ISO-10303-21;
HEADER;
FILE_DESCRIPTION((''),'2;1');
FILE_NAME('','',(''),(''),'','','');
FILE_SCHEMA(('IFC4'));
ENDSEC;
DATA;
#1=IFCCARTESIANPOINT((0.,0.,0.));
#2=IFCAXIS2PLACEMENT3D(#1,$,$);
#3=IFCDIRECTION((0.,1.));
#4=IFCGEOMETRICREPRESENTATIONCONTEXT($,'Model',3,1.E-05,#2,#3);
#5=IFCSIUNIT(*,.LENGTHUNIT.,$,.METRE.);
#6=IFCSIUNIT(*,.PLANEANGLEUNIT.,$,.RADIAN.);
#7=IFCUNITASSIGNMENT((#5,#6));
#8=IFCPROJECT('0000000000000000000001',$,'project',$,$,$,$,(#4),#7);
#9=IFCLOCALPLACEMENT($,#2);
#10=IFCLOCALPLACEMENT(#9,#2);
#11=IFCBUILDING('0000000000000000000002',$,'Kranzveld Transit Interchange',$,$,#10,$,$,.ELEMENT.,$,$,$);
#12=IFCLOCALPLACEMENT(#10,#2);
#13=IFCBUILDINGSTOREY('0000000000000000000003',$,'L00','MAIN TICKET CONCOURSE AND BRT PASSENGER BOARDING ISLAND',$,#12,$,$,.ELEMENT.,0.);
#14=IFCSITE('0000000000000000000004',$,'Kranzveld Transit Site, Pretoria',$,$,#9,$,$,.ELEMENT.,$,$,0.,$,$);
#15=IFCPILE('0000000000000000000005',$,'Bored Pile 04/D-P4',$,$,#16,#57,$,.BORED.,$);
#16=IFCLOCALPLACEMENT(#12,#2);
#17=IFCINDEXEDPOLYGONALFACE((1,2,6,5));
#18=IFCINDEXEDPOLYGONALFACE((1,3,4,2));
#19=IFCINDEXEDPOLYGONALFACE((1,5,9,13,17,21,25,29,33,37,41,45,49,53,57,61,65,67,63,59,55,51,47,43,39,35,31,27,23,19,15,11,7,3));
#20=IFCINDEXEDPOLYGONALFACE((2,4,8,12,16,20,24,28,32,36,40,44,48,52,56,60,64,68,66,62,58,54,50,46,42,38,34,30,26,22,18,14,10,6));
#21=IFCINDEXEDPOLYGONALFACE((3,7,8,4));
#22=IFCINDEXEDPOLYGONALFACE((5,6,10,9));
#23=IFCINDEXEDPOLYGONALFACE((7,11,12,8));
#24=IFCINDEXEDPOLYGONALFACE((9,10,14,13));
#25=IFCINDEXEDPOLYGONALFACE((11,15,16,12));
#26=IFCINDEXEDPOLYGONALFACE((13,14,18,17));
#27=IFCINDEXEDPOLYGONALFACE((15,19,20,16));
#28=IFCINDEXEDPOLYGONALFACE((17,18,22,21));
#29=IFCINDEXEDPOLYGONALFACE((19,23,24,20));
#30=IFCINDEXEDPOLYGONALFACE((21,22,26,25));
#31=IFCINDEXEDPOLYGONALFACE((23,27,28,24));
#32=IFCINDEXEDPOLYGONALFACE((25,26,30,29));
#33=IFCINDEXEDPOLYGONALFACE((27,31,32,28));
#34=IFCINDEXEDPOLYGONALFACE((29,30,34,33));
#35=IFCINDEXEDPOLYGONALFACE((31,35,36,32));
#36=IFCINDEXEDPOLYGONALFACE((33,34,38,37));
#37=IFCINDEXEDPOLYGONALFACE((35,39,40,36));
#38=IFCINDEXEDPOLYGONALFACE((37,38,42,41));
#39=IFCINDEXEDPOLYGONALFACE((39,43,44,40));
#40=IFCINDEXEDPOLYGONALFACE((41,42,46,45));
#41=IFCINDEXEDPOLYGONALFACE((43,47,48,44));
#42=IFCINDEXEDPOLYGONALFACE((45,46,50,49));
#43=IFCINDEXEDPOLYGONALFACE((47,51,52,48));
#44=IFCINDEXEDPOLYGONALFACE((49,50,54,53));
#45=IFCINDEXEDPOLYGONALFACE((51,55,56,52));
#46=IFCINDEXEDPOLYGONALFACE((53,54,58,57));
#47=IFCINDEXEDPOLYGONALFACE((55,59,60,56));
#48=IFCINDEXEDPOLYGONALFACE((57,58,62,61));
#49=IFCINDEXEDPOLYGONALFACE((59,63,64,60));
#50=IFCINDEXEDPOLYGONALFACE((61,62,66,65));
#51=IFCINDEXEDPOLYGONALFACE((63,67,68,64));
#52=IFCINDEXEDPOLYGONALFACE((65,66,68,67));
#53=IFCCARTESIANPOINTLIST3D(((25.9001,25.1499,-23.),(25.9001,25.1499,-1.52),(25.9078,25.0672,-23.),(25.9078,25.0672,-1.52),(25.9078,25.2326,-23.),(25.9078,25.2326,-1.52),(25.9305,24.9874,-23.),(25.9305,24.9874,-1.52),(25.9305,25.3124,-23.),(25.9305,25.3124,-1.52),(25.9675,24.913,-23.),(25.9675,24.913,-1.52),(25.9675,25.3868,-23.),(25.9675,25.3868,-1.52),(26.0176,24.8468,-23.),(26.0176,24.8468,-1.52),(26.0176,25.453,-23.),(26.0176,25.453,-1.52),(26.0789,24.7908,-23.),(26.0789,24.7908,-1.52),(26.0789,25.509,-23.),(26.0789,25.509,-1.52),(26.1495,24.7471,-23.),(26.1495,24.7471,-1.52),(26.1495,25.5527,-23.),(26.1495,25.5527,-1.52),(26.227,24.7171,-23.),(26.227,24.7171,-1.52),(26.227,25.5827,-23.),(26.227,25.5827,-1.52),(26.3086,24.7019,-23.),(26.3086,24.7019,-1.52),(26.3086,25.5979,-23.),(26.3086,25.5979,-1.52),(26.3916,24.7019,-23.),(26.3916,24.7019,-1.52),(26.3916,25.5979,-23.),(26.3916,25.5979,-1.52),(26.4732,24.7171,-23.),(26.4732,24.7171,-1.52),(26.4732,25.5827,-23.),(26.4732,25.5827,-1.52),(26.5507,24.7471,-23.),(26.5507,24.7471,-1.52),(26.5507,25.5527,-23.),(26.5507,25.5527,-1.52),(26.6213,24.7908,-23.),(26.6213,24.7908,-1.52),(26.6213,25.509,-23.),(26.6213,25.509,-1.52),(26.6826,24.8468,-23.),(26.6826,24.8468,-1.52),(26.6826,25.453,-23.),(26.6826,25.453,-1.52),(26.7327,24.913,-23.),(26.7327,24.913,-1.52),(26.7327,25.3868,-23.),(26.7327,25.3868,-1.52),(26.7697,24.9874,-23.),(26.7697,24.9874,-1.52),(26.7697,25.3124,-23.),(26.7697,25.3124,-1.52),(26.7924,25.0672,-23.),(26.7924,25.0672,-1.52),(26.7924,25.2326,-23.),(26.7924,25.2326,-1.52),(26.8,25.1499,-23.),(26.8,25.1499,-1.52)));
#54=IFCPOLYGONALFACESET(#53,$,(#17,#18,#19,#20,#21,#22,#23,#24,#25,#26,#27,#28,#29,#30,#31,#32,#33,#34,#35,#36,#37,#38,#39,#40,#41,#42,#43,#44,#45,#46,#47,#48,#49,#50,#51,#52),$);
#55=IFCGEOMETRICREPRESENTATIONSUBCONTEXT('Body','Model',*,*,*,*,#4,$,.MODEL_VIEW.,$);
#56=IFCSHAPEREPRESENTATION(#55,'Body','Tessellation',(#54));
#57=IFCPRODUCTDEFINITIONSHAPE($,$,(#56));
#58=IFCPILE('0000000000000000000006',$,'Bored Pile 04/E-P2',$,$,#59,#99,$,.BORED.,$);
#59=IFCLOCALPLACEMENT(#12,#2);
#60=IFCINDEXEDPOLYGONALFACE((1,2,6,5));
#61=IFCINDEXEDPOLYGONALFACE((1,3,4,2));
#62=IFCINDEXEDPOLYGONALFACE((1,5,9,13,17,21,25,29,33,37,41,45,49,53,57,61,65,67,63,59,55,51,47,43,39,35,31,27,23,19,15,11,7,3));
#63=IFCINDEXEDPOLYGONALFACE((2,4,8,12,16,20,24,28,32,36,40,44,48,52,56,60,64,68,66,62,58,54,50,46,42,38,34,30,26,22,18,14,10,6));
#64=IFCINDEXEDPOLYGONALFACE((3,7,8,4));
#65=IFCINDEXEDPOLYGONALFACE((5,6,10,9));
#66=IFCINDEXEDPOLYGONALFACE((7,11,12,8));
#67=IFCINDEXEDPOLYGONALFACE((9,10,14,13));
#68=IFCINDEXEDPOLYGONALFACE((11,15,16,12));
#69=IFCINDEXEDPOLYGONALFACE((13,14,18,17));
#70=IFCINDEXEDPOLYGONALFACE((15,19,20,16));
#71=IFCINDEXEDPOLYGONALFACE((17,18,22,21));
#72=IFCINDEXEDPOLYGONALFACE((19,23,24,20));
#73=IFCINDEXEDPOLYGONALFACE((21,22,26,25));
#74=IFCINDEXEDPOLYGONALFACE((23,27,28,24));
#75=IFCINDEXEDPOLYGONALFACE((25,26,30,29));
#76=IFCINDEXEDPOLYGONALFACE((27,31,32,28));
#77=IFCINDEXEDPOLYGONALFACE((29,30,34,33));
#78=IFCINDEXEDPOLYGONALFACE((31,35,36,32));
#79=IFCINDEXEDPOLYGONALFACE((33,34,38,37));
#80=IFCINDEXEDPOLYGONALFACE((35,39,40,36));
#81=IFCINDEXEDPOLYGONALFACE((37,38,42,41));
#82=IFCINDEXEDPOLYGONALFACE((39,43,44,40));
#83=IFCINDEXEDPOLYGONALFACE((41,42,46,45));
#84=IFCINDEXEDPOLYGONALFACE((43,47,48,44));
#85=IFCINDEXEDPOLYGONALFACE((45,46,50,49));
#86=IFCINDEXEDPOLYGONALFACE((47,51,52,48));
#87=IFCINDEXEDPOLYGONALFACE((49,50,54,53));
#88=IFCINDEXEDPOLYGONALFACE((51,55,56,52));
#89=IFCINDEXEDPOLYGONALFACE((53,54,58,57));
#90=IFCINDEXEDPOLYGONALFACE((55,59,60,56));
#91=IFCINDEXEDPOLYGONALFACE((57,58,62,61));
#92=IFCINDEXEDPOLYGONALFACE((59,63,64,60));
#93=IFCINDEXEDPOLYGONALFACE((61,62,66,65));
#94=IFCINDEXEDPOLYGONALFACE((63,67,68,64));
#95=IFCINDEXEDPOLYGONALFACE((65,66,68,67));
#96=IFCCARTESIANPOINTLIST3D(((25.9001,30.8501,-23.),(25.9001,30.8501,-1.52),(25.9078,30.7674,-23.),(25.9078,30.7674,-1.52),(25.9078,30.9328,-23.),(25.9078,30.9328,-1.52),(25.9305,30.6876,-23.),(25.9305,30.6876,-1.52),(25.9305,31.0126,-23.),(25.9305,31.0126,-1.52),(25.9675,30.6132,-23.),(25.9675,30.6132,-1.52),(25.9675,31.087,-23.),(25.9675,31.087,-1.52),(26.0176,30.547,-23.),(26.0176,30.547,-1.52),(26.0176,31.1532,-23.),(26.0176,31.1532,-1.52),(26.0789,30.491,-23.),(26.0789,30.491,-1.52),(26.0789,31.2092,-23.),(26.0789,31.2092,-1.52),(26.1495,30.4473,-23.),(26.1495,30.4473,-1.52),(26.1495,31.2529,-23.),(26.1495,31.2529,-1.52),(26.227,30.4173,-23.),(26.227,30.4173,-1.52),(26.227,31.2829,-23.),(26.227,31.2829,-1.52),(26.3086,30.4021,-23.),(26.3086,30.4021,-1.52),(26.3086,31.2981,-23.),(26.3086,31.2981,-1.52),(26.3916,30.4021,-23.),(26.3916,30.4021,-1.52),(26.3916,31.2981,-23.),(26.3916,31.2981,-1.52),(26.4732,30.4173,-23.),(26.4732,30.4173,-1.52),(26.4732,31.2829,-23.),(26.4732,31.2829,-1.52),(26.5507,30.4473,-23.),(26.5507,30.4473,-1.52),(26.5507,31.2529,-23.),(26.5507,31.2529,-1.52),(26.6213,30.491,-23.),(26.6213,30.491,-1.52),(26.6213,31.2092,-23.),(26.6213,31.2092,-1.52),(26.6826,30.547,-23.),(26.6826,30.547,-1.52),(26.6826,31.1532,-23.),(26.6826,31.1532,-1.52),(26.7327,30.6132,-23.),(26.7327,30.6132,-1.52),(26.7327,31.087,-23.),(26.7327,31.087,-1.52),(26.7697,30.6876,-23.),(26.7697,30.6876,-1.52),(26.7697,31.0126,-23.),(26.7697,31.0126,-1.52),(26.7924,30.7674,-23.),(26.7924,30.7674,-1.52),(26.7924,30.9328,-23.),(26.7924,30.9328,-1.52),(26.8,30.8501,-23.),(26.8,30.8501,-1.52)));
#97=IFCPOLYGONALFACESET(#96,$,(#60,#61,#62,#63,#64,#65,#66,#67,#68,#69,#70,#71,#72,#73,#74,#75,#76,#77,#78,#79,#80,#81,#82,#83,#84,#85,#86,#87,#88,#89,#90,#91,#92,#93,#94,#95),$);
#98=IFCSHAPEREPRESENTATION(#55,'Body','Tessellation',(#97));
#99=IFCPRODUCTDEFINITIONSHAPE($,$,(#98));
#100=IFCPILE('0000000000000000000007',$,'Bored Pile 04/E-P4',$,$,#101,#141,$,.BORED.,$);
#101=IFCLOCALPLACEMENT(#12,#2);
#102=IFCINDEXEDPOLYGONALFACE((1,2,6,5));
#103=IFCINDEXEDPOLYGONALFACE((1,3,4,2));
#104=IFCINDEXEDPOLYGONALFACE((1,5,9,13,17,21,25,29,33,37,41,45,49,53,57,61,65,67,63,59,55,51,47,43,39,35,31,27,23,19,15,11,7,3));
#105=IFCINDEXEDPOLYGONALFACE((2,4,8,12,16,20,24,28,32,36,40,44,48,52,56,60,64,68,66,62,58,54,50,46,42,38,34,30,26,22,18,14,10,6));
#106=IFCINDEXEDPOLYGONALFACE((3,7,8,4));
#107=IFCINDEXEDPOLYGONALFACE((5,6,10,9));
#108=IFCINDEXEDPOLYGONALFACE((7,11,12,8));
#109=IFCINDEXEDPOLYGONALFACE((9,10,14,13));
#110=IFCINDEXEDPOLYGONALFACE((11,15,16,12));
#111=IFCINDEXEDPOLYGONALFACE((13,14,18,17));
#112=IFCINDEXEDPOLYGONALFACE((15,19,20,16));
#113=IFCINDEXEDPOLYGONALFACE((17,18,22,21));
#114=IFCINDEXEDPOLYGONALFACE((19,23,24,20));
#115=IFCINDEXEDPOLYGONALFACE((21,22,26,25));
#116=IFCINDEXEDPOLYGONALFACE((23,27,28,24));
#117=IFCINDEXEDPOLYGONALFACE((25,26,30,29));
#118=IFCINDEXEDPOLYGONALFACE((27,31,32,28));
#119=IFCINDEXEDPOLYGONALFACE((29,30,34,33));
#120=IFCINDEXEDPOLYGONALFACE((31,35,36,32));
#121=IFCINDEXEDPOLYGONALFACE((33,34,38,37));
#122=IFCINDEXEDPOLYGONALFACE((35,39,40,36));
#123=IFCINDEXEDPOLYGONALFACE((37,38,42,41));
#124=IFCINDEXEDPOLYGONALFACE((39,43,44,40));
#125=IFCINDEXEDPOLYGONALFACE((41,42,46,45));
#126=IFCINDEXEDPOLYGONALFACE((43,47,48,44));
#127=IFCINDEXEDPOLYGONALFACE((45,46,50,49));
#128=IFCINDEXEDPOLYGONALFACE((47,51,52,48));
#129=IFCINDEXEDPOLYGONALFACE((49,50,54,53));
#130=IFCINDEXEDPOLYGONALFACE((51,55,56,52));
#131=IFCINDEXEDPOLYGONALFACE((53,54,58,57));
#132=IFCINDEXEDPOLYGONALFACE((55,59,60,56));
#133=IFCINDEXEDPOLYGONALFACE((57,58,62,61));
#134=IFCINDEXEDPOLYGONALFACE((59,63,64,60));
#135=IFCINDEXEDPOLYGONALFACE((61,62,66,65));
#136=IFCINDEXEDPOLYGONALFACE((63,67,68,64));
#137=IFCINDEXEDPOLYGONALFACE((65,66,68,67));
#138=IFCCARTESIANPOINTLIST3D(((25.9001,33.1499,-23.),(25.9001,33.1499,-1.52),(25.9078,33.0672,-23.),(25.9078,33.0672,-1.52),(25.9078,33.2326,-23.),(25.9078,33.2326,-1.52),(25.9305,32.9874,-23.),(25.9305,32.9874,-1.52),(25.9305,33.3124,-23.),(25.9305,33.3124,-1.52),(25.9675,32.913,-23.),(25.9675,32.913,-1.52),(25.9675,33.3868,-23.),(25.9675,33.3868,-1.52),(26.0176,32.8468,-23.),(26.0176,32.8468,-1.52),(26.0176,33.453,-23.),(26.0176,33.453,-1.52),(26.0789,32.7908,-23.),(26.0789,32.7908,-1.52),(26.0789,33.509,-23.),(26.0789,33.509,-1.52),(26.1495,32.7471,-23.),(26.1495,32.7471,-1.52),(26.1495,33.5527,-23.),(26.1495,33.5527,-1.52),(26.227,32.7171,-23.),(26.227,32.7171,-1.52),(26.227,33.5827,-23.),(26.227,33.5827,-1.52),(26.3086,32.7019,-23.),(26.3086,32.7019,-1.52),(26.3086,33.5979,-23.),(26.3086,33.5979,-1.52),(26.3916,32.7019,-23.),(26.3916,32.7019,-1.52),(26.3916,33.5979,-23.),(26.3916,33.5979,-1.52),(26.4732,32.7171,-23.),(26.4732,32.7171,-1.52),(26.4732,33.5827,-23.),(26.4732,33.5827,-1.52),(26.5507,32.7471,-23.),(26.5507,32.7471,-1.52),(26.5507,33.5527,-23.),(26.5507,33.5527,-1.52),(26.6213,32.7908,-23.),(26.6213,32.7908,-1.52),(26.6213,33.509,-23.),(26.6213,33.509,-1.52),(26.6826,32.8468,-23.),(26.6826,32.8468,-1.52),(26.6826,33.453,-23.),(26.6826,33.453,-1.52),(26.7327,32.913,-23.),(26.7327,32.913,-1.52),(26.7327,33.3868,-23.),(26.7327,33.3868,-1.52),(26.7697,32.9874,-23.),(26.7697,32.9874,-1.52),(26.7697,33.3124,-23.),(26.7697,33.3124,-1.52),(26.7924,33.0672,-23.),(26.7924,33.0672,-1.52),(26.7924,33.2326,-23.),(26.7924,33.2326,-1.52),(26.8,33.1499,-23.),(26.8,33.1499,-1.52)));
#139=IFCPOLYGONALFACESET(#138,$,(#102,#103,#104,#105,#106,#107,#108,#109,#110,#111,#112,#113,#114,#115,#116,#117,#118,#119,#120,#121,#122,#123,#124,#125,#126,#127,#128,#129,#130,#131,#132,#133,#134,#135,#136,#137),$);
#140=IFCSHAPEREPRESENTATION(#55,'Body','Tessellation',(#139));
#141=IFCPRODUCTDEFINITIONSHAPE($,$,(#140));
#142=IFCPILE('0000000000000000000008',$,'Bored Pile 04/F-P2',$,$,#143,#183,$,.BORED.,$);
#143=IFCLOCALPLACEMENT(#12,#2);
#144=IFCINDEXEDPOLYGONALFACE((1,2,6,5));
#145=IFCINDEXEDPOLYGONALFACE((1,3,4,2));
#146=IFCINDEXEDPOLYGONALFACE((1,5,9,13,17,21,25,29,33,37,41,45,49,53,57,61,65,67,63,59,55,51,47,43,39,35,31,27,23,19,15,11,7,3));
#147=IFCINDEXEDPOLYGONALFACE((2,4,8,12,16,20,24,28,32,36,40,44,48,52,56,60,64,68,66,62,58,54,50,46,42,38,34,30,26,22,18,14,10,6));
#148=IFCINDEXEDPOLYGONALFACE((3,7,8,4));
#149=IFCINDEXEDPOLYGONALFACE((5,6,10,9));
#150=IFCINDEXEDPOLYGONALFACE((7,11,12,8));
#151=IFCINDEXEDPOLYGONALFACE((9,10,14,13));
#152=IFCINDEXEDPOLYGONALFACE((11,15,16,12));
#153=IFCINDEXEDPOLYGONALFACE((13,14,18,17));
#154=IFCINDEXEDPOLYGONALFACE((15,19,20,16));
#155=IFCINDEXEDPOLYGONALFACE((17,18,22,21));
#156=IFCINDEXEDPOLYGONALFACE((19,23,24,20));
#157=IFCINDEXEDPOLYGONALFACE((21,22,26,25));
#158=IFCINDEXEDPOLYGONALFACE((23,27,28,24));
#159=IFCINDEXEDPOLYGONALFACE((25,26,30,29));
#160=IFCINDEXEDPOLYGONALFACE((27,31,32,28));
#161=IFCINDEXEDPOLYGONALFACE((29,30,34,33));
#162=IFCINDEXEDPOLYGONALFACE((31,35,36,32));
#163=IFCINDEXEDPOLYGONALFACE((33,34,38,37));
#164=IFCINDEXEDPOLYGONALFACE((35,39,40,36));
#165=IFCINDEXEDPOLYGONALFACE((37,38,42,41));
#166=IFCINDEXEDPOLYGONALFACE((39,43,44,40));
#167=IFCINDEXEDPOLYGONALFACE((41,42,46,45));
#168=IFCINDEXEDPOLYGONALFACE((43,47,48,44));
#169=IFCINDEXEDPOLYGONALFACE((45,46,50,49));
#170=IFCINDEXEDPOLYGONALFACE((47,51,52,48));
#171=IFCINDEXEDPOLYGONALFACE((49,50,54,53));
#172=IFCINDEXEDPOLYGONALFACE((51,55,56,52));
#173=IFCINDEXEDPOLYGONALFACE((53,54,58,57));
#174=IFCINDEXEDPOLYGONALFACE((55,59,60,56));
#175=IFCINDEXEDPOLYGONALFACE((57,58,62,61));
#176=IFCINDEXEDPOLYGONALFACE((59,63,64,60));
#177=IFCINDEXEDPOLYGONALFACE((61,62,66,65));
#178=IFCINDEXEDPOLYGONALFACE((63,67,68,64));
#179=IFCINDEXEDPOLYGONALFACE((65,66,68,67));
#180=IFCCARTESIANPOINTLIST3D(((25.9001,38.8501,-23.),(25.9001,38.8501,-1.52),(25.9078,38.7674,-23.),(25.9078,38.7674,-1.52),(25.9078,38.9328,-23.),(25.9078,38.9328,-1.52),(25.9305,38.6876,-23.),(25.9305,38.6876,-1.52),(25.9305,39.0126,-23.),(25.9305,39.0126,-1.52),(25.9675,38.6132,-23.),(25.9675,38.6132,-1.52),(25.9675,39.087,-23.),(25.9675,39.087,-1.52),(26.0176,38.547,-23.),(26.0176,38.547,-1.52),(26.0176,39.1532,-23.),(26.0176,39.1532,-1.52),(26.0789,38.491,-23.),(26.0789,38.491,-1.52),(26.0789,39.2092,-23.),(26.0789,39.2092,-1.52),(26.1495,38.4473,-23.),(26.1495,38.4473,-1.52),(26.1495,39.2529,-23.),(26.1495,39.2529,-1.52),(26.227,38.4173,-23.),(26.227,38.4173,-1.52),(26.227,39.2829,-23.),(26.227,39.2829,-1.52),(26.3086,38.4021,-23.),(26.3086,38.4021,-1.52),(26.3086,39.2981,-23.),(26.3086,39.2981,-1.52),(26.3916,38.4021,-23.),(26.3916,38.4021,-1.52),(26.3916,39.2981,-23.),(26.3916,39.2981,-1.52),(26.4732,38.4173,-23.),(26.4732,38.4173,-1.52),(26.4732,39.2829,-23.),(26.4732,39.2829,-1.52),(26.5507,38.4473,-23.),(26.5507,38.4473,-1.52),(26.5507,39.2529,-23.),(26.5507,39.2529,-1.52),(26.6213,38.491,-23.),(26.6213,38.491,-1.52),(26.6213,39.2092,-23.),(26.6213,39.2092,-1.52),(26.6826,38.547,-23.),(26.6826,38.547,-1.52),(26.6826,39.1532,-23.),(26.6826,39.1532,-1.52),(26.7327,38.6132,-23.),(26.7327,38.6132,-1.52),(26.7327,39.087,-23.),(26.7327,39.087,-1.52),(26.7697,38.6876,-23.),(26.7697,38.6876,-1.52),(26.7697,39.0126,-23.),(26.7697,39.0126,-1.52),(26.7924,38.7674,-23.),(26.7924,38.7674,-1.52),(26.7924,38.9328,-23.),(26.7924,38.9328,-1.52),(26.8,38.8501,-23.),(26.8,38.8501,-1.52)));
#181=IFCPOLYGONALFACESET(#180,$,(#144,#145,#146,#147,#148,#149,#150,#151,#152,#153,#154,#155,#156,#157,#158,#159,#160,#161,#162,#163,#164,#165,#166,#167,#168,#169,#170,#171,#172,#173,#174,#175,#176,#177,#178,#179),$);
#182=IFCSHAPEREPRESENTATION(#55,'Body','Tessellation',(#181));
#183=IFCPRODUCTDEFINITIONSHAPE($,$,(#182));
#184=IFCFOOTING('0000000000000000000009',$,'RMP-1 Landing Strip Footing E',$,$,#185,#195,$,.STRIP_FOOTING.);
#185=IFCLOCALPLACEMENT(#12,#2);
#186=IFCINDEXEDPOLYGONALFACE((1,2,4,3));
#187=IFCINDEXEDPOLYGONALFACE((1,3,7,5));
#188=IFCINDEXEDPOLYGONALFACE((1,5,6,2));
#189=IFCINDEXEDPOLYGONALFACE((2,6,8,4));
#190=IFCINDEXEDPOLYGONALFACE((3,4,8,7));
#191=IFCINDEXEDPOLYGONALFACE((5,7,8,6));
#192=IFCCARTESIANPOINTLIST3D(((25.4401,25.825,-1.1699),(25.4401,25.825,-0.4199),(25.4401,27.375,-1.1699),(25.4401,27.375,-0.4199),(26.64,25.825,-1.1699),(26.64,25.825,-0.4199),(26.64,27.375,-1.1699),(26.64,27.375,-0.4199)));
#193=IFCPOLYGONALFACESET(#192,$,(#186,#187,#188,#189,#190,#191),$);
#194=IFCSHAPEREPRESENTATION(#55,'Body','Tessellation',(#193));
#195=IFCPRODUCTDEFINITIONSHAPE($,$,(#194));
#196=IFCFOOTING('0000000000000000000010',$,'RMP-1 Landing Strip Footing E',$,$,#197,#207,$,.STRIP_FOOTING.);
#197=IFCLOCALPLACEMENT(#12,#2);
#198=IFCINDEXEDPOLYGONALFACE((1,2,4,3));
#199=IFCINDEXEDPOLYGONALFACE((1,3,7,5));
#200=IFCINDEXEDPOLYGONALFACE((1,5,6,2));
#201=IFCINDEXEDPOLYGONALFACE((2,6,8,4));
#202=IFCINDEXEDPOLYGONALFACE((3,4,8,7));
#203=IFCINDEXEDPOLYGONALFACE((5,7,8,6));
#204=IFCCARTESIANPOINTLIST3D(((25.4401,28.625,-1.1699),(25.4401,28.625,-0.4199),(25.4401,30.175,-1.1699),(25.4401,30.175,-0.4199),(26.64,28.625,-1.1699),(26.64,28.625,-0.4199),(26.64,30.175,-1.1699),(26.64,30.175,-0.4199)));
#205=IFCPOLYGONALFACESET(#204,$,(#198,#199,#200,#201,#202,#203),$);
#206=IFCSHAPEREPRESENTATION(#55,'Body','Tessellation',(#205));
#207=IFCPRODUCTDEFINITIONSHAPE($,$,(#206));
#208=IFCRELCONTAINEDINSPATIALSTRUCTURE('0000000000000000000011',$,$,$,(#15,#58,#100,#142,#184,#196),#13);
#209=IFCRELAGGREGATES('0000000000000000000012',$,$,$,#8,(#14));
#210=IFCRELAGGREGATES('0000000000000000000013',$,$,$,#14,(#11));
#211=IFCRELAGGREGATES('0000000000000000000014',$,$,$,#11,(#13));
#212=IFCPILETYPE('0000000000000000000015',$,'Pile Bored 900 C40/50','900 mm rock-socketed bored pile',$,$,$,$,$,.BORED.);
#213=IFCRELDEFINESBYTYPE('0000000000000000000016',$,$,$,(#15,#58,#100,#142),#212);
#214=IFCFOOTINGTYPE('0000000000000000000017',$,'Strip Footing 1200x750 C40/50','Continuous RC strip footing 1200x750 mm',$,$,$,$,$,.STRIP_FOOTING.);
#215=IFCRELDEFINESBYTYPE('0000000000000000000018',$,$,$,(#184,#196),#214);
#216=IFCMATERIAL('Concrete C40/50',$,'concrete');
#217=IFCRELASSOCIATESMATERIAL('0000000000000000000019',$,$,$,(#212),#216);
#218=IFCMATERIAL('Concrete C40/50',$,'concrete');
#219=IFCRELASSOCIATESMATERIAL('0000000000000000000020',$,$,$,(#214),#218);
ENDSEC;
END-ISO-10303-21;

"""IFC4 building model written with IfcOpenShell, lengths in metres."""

from ifc_helpers import new_model, si_unit, direction, frame, origin, origin_2d, place, context, subcontext, project, spatial, rectangle, circle, extrude, material, material_profile, profile_set, type_object, element, save


model = new_model("IFC4")

# Units and contexts
model_context = context("Model", 3, precision=1e-05, world=origin(), true_north=direction((0.0, 1.0)))
body_context = subcontext(model_context, "Body", "Model", "MODEL_VIEW")
ifc_project = project(units=[si_unit("LENGTHUNIT", "METRE"), si_unit("PLANEANGLEUNIT", "RADIAN")], contexts=[model_context])

# Site, building, storey
site_placement = place(None, origin())
site = spatial("IfcSite", under=ifc_project, at=site_placement, Name="Kranzveld Transit Site, Pretoria", CompositionType="ELEMENT", RefElevation=0.0)
building_placement = place(site_placement, origin())
building = spatial("IfcBuilding", under=site, at=building_placement, Name="Kranzveld Transit Interchange", CompositionType="ELEMENT")
storey_placement = place(building_placement, origin())
storey = spatial("IfcBuildingStorey", under=building, at=storey_placement, Name="L00", Description="MAIN TICKET CONCOURSE AND BRT PASSENGER BOARDING ISLAND", CompositionType="ELEMENT", Elevation=0.0)

# Piles
ifc_material_1 = material(Name="Concrete C40/50", Category="concrete")
ifc_material_profile_1 = material_profile(ifc_material_1, circle(Radius=0.45, at=origin_2d()), Name="BORED PILE 900")
ifc_profile_set_1 = profile_set([ifc_material_profile_1], Name="Concrete C40/50")
pile_type = type_object("IfcPileType", Name="Pile Bored 900 C40/50", Description="900 mm rock-socketed bored pile", PredefinedType="BORED", material=ifc_profile_set_1)
for number, where, z_axis, x_axis, name in (
    (1, (26.3501, 25.1499, -1.52), (0.0, 0.0, -1.0), (1.0, 0.0, 0.0), "Bored Pile 04/D-P4"),
    (2, (26.3501, 30.8501, -1.52), (0.0, 0.0, -1.0), (1.0, 0.0, 0.0), "Bored Pile 04/E-P2"),
    (3, (26.3501, 33.1499, -1.52), (0.0, 0.0, -1.0), (1.0, 0.0, 0.0), "Bored Pile 04/E-P4"),
    (4, (26.3501, 38.8501, -1.52), (0.0, 0.0, -1.0), (1.0, 0.0, 0.0), "Bored Pile 04/F-P2"),
):
    element("IfcPile", number, at=place(storey_placement, frame(where, z_axis=z_axis, x_axis=x_axis)), inside=storey, type_object=pile_type, Name=name, PredefinedType="BORED", context=body_context, shape_type="SweptSolid", body=[
        extrude(circle(Radius=0.45, at=origin_2d()), origin(), (0.0, 0.0, 1.0), 21.48),
    ])

# Footings
ifc_material_2 = material(Name="Concrete C40/50", Category="concrete")
ifc_material_profile_2 = material_profile(ifc_material_2, rectangle(XDim=1.2, YDim=0.75, at=origin_2d()), Name="SF 1200x750")
ifc_profile_set_2 = profile_set([ifc_material_profile_2], Name="Concrete C40/50")
footing_type = type_object("IfcFootingType", Name="Strip Footing 1200x750 C40/50", Description="Continuous RC strip footing 1200x750 mm", PredefinedType="STRIP_FOOTING", material=ifc_profile_set_2)
for number, where, z_axis, x_axis, name in (
    (5, (26.04, 25.825, -0.7949), (0.0, 1.0, 0.0), (-1.0, 0.0, 0.0), "RMP-1 Landing Strip Footing E"),
    (6, (26.04, 28.625, -0.7949), (0.0, 1.0, 0.0), (-1.0, 0.0, 0.0), "RMP-1 Landing Strip Footing E"),
):
    element("IfcFooting", number, at=place(storey_placement, frame(where, z_axis=z_axis, x_axis=x_axis)), inside=storey, type_object=footing_type, Name=name, PredefinedType="STRIP_FOOTING", context=body_context, shape_type="SweptSolid", body=[
        extrude(rectangle(XDim=1.2, YDim=0.75, at=origin_2d()), origin(), (0.0, 0.0, 1.0), 1.55),
    ])

save(model, "model.ifc")
